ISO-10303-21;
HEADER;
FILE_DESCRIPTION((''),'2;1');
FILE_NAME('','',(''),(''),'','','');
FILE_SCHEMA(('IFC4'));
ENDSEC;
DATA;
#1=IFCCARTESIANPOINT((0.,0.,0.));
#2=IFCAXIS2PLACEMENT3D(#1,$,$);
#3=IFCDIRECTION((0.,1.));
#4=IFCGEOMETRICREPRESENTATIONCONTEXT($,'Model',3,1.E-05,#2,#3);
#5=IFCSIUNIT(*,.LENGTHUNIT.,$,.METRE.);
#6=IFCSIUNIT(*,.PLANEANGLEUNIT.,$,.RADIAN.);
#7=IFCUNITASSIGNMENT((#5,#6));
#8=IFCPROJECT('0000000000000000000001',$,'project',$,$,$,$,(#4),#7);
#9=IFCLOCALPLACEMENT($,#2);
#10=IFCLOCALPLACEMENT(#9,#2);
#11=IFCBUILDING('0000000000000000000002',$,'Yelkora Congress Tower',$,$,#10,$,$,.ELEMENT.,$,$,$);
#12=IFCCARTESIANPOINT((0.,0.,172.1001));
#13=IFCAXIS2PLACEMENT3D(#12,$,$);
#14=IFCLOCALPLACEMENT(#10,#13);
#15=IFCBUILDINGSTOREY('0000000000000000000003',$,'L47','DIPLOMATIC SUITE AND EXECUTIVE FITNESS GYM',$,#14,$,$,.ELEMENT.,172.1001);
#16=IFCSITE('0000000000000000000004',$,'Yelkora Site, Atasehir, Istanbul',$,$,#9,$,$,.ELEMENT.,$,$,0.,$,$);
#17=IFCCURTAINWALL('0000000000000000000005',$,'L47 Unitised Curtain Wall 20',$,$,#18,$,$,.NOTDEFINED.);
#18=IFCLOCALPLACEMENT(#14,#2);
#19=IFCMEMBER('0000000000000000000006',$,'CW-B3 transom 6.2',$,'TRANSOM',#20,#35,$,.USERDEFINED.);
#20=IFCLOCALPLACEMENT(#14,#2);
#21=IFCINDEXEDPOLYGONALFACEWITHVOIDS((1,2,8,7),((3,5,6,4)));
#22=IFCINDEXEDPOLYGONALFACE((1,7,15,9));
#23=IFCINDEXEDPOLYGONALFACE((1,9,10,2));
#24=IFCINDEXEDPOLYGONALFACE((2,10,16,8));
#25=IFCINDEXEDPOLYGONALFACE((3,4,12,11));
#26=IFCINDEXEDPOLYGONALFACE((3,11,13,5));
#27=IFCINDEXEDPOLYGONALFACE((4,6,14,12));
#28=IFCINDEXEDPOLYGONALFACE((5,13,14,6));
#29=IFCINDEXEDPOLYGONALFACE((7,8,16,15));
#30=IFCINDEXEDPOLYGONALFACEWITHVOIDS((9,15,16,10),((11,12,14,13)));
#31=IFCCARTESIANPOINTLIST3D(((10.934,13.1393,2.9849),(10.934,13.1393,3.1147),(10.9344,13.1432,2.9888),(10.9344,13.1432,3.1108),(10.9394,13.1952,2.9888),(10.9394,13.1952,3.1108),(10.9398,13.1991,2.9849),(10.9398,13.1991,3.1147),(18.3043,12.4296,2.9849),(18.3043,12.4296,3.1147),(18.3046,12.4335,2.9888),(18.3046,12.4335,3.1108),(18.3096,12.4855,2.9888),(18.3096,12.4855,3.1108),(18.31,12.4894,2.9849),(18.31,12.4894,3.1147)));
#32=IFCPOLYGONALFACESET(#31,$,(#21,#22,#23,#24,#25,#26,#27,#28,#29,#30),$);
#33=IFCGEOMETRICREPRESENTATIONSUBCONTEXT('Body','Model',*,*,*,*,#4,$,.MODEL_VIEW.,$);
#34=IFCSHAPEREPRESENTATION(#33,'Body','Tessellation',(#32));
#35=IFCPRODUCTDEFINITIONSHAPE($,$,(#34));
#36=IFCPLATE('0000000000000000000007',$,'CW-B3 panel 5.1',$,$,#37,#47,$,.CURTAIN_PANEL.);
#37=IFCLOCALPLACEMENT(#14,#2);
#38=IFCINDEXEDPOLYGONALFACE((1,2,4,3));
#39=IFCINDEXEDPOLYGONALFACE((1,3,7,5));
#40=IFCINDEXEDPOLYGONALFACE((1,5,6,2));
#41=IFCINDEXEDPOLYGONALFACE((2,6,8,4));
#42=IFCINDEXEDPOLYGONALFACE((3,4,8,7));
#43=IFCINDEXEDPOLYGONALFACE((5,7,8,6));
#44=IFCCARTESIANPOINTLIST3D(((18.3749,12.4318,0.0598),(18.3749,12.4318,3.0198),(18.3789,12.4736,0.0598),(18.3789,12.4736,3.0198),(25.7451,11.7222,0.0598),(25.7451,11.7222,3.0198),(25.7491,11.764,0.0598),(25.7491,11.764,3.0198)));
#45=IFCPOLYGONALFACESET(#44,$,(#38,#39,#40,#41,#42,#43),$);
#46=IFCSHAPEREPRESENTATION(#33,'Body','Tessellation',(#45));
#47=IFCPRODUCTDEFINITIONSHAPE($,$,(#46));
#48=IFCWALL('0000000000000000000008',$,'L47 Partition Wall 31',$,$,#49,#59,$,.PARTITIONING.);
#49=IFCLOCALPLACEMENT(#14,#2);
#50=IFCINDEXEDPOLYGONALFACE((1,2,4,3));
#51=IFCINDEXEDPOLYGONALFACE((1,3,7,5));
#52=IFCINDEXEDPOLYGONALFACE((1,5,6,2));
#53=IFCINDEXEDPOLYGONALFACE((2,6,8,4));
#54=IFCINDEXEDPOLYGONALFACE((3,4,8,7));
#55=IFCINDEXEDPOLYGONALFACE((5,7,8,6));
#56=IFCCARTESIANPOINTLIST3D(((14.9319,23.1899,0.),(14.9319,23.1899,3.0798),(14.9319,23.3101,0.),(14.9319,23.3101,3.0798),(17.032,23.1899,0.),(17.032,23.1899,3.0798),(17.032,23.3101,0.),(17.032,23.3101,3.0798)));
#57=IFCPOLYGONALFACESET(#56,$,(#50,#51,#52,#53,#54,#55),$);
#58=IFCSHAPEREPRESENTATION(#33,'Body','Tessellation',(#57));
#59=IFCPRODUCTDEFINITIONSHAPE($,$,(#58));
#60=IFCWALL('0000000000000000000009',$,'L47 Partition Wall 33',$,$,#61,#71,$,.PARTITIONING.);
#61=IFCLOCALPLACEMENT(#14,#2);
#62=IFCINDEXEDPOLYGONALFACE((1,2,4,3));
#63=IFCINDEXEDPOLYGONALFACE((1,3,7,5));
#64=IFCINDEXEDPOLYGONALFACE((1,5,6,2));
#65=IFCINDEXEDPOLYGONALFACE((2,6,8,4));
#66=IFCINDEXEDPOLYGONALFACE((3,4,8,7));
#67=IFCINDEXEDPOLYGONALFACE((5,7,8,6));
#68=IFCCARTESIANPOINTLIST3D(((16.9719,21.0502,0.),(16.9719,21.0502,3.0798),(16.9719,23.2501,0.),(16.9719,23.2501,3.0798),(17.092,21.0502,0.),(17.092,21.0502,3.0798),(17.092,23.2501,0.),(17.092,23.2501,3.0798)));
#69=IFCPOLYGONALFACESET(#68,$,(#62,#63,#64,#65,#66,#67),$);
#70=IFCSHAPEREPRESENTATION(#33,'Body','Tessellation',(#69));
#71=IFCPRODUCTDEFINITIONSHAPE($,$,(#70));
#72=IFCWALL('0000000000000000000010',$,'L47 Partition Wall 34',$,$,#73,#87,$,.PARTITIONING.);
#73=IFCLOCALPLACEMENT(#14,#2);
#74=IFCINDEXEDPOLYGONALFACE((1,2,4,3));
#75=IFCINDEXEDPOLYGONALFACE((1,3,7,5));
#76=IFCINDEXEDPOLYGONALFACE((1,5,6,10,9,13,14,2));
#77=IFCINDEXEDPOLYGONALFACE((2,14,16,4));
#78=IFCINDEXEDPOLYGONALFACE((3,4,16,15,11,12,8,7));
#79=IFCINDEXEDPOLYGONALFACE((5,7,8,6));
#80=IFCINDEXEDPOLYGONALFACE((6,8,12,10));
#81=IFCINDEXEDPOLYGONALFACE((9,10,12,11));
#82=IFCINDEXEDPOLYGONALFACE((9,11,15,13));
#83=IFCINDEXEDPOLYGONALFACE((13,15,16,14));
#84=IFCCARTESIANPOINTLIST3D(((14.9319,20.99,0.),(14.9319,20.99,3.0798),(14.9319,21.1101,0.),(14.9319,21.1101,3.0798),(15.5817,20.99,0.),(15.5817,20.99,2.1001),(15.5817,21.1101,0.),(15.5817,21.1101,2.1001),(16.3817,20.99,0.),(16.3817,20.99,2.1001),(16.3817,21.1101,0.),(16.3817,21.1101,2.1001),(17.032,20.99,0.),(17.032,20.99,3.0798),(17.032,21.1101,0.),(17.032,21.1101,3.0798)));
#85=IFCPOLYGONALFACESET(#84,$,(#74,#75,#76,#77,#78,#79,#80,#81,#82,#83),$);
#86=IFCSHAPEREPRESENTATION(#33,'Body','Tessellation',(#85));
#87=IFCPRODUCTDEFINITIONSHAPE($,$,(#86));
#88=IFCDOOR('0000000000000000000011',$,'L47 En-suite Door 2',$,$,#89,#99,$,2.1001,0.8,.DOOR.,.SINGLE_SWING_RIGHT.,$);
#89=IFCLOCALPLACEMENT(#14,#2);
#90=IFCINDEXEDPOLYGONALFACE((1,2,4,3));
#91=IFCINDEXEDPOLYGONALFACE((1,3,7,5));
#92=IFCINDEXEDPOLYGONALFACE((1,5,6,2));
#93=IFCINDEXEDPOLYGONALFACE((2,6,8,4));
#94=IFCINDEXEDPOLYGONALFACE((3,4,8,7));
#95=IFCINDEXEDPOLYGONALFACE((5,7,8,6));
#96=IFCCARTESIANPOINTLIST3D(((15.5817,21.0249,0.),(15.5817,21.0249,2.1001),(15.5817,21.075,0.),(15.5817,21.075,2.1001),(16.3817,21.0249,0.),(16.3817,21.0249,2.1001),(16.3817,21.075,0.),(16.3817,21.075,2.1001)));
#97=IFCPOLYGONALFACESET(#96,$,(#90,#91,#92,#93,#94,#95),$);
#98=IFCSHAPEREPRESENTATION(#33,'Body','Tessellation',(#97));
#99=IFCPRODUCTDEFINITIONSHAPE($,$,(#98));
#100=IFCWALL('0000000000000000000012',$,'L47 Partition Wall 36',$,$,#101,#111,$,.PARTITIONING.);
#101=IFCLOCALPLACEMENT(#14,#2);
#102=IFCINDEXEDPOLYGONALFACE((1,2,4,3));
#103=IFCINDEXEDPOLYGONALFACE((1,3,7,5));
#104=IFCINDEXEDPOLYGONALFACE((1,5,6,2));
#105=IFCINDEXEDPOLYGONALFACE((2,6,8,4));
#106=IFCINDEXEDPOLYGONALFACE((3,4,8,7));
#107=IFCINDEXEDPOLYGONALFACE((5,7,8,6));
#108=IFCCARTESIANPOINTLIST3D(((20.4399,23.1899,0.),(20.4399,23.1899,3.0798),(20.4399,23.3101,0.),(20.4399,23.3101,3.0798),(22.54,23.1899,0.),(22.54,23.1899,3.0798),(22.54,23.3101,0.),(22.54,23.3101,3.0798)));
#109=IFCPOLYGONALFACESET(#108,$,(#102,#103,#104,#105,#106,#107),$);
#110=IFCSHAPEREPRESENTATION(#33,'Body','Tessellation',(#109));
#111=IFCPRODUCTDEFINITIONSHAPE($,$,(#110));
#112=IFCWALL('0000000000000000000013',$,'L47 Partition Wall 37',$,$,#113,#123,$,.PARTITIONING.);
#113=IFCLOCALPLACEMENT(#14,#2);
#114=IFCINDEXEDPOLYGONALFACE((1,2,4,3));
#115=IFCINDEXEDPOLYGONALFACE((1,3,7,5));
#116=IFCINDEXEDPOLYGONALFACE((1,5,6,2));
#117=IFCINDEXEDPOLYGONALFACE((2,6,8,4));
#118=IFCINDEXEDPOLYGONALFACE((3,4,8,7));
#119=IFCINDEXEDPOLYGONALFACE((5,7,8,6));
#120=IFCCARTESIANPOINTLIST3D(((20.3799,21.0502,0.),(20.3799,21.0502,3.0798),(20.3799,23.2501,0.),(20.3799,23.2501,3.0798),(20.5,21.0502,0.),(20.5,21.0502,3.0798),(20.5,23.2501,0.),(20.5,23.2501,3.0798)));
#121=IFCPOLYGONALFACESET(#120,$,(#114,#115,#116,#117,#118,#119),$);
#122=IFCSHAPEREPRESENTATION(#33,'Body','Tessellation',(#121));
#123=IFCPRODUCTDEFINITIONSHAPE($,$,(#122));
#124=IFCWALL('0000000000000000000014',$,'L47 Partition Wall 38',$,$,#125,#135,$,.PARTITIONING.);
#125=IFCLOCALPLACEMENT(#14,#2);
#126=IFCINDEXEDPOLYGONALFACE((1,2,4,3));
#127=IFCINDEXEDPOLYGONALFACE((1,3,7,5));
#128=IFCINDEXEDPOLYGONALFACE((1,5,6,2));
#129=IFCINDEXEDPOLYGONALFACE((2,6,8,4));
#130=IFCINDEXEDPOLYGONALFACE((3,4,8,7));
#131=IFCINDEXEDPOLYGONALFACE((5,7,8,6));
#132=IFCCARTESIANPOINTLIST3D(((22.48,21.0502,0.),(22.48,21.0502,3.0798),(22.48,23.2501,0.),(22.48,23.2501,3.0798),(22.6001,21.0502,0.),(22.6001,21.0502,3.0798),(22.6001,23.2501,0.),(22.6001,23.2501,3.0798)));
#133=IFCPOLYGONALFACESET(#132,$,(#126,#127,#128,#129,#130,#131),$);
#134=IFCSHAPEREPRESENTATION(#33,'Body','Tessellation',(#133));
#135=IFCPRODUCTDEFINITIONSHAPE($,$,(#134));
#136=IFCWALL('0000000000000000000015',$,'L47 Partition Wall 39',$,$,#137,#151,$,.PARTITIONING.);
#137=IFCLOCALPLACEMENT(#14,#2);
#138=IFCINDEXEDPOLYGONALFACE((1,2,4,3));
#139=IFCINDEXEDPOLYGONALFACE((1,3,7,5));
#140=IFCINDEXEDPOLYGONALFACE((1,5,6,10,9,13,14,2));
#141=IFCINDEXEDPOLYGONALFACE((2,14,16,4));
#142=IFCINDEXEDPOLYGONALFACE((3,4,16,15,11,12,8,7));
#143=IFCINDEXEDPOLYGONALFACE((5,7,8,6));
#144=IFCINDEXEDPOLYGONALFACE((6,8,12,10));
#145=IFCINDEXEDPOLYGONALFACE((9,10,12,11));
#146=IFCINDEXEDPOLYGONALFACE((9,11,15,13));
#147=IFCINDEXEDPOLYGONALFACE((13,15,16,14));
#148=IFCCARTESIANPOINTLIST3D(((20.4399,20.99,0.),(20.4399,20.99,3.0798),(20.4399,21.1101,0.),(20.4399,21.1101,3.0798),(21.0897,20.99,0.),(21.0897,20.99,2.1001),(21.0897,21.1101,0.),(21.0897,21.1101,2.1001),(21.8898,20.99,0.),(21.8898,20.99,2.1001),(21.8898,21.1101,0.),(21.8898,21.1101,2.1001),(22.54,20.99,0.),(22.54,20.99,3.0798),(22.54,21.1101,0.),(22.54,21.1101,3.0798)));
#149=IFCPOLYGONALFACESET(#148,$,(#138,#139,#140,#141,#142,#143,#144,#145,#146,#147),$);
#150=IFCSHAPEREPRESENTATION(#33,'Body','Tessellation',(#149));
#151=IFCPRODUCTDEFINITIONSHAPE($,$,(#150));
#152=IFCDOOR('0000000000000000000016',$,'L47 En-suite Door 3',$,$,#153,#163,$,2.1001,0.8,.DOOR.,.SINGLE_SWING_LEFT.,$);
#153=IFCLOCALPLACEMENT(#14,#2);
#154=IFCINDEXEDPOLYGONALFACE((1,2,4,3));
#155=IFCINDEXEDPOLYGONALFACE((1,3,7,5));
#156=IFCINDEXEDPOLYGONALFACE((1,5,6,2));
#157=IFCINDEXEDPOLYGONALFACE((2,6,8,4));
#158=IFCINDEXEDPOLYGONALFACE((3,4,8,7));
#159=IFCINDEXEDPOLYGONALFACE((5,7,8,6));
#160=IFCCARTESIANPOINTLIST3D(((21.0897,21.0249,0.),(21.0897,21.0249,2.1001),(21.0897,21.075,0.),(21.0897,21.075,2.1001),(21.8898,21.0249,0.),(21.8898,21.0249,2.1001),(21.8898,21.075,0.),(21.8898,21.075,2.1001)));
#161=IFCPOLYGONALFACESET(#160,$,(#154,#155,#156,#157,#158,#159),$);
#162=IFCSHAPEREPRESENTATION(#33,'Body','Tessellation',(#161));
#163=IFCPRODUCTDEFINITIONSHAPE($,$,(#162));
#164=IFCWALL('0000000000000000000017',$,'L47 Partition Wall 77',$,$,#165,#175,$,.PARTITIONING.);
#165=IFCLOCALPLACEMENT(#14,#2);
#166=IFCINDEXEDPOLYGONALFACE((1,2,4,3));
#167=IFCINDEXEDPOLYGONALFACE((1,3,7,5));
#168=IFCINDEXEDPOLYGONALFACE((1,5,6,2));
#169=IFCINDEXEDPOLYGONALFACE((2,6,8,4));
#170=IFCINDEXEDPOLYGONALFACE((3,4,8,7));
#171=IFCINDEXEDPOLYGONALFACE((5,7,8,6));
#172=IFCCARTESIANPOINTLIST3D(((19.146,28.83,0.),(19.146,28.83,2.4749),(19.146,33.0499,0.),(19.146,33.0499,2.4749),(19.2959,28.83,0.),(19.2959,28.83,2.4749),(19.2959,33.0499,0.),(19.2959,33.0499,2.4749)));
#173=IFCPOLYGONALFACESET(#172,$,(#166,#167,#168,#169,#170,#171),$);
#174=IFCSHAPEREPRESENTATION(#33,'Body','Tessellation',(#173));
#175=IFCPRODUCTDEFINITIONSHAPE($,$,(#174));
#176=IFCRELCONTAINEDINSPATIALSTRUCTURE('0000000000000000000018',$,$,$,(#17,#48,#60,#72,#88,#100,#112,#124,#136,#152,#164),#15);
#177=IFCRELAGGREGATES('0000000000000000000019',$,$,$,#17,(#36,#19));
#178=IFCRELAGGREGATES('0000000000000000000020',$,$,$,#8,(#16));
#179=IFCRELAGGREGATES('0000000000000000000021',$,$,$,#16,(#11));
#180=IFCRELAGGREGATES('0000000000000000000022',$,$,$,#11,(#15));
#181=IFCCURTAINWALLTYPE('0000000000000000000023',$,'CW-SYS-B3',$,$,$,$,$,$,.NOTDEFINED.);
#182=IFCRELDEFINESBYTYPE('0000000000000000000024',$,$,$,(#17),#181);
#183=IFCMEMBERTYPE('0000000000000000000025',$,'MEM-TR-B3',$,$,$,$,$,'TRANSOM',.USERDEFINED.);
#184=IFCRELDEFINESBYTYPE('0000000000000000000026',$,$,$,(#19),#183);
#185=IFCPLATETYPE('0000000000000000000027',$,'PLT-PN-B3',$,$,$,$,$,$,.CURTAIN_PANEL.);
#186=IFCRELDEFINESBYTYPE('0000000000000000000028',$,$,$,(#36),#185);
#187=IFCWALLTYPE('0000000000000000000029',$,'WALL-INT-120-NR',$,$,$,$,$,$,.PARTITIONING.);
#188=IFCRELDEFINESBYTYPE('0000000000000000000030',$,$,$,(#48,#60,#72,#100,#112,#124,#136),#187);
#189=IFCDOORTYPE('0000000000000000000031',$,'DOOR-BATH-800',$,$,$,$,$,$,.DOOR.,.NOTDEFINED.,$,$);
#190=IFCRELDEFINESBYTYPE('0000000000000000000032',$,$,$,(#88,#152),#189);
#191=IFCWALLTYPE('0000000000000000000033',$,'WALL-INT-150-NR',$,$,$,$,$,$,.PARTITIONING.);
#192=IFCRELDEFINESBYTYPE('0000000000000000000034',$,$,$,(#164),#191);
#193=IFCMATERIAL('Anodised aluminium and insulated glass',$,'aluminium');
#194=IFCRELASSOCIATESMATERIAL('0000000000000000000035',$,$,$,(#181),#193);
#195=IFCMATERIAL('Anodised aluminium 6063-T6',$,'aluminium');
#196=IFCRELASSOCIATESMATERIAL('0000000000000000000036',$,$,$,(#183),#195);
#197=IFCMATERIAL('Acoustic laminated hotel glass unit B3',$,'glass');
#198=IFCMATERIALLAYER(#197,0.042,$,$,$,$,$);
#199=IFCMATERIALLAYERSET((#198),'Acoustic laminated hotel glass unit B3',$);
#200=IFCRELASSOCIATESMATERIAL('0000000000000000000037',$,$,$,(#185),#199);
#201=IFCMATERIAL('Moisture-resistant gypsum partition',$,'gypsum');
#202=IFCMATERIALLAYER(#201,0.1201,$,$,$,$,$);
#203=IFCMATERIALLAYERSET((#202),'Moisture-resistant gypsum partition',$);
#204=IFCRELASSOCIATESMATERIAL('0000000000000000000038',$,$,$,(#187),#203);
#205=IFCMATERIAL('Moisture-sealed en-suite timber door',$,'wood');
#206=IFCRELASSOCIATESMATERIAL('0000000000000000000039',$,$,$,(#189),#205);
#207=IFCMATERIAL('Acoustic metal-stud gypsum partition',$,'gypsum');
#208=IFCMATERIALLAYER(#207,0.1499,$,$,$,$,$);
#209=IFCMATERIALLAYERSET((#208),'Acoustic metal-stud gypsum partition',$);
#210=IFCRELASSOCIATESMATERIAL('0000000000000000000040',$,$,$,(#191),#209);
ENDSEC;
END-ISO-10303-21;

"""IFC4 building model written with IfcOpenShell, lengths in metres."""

from ifc_helpers import new_model, si_unit, direction, frame, frame_2d, origin, origin_2d, place, context, subcontext, project, spatial, rectangle, hollow_rectangle, extrude, material, layer, layer_set, material_profile, profile_set, type_object, element, fill, aggregate, save


model = new_model("IFC4")

# Units and contexts
model_context = context("Model", 3, precision=1e-05, world=origin(), true_north=direction((0.0, 1.0)))
body_context = subcontext(model_context, "Body", "Model", "MODEL_VIEW")
ifc_project = project(units=[si_unit("LENGTHUNIT", "METRE"), si_unit("PLANEANGLEUNIT", "RADIAN")], contexts=[model_context])

# Site, building, storey
site_placement = place(None, origin())
site = spatial("IfcSite", under=ifc_project, at=site_placement, Name="Yelkora Site, Atasehir, Istanbul", CompositionType="ELEMENT", RefElevation=0.0)
building_placement = place(site_placement, origin())
building = spatial("IfcBuilding", under=site, at=building_placement, Name="Yelkora Congress Tower", CompositionType="ELEMENT")
storey_placement = place(building_placement, frame((0.0, 0.0, 172.1001)))
storey = spatial("IfcBuildingStorey", under=building, at=storey_placement, Name="L47", Description="DIPLOMATIC SUITE AND EXECUTIVE FITNESS GYM", CompositionType="ELEMENT", Elevation=172.1001)

# Curtain wall, member, plate
ifc_material_1 = material(Name="Anodised aluminium and insulated glass", Category="aluminium")
curtain_wall_type = type_object("IfcCurtainWallType", Name="CW-SYS-B3", PredefinedType="NOTDEFINED", material=ifc_material_1)
curtain_wall_placement = place(storey_placement, origin())
curtain_wall = element("IfcCurtainWall", 1, at=curtain_wall_placement, inside=storey, type_object=curtain_wall_type, Name="L47 Unitised Curtain Wall 20", PredefinedType="NOTDEFINED")
ifc_material_2 = material(Name="Anodised aluminium 6063-T6", Category="aluminium")
ifc_material_profile_1 = material_profile(ifc_material_2, hollow_rectangle(XDim=0.0601, YDim=0.1299, WallThickness=0.0039, at=origin_2d()), Name="ALU 60x130x4")
ifc_profile_set_1 = profile_set([ifc_material_profile_1], Name="Anodised aluminium 6063-T6")
member_type_1 = type_object("IfcMemberType", Name="MEM-TR-B3", ElementType="TRANSOM", PredefinedType="USERDEFINED", material=ifc_profile_set_1)
member_1_placement = place(storey_placement, frame((18.3071, 12.4595, 3.0498), z_axis=(-0.995395, 0.095853, 0.0), x_axis=(-0.095853, -0.995395, 0.0)))
member_1 = element("IfcMember", 2, at=member_1_placement, type_object=member_type_1, Name="CW-B3 transom 6.2", ObjectType="TRANSOM", PredefinedType="USERDEFINED", context=body_context, shape_type="SweptSolid", body=[
    extrude(hollow_rectangle(XDim=0.0601, YDim=0.1299, WallThickness=0.0039, at=origin_2d()), origin(), (0.0, 0.0, 1.0), 7.4043),
])
ifc_material_3 = material(Name="Acoustic laminated hotel glass unit B3", Category="glass")
ifc_layer_1 = layer(ifc_material_3, 0.042)
ifc_layer_set_1 = layer_set([ifc_layer_1], Name="Acoustic laminated hotel glass unit B3")
plate_type = type_object("IfcPlateType", Name="PLT-PN-B3", PredefinedType="CURTAIN_PANEL", material=ifc_layer_set_1)
plate_placement = place(storey_placement, frame((22.062, 12.0979, 0.0598), z_axis=(0.0, 0.0, 1.0), x_axis=(-0.995396, 0.095845, 0.0)))
plate = element("IfcPlate", 3, at=plate_placement, type_object=plate_type, Name="CW-B3 panel 5.1", PredefinedType="CURTAIN_PANEL", context=body_context, shape_type="SweptSolid", body=[
    extrude(rectangle(XDim=7.4043, YDim=0.042, at=origin_2d()), origin(), (0.0, 0.0, 1.0), 2.96),
])
aggregate(curtain_wall, [plate, member_1])

# Walls
ifc_material_4 = material(Name="Moisture-resistant gypsum partition", Category="gypsum")
ifc_layer_2 = layer(ifc_material_4, 0.1201)
ifc_layer_set_2 = layer_set([ifc_layer_2], Name="Moisture-resistant gypsum partition")
wall_type_1 = type_object("IfcWallType", Name="WALL-INT-120-NR", PredefinedType="PARTITIONING", material=ifc_layer_set_2)
wall_1_placement = place(storey_placement, frame((14.9319, 23.25, 0.0), z_axis=(0.0, 0.0, 1.0), x_axis=(1.0, 0.0, 0.0)))
element("IfcWall", 4, at=wall_1_placement, inside=storey, type_object=wall_type_1, Name="L47 Partition Wall 31", PredefinedType="PARTITIONING", context=body_context, shape_type="SweptSolid", body=[
    extrude(rectangle(XDim=2.1001, YDim=0.1201, at=frame_2d((1.05, 0.0))), origin(), (0.0, 0.0, 1.0), 3.0798),
])
wall_2_placement = place(storey_placement, frame((17.032, 21.05, 0.0), z_axis=(0.0, 0.0, 1.0), x_axis=(0.0, 1.0, 0.0)))
element("IfcWall", 5, at=wall_2_placement, inside=storey, type_object=wall_type_1, Name="L47 Partition Wall 33", PredefinedType="PARTITIONING", context=body_context, shape_type="SweptSolid", body=[
    extrude(rectangle(XDim=2.2, YDim=0.1201, at=frame_2d((1.1001, 0.0))), origin(), (0.0, 0.0, 1.0), 3.0798),
])

# Wall, opening, door
wall_3_placement = place(storey_placement, frame((14.9319, 21.05, 0.0), z_axis=(0.0, 0.0, 1.0), x_axis=(1.0, 0.0, 0.0)))
wall_3 = element("IfcWall", 6, at=wall_3_placement, inside=storey, type_object=wall_type_1, Name="L47 Partition Wall 34", PredefinedType="PARTITIONING", context=body_context, shape_type="SweptSolid", body=[
    extrude(rectangle(XDim=2.1001, YDim=0.1201, at=frame_2d((1.05, 0.0))), origin(), (0.0, 0.0, 1.0), 3.0798),
])
opening_1_placement = place(wall_3_placement, frame((0.6499, 0.0, 0.0)))
opening_1 = element("IfcOpeningElement", 7, at=opening_1_placement, cuts=wall_3, PredefinedType="OPENING", context=body_context, shape_type="SweptSolid", body=[
    extrude(rectangle(XDim=0.8, YDim=2.1001, at=frame_2d((0.3999, 1.05))), frame((0.0, 0.0701, 0.0), z_axis=(0.0, -1.0, 0.0), x_axis=(1.0, 0.0, 0.0)), (0.0, 0.0, 1.0), 0.1401),
])
ifc_material_5 = material(Name="Moisture-sealed en-suite timber door", Category="wood")
door_type = type_object("IfcDoorType", Name="DOOR-BATH-800", OperationType="NOTDEFINED", PredefinedType="DOOR", material=ifc_material_5)
door_1_placement = place(opening_1_placement, origin())
door_1 = element("IfcDoor", 8, at=door_1_placement, inside=storey, type_object=door_type, Name="L47 En-suite Door 2", OperationType="SINGLE_SWING_RIGHT", OverallHeight=2.1001, OverallWidth=0.8, PredefinedType="DOOR", context=body_context, shape_type="SweptSolid", body=[
    extrude(rectangle(XDim=0.8, YDim=2.1001, at=frame_2d((0.3999, 1.05))), frame((0.0, 0.0249, 0.0), z_axis=(0.0, -1.0, 0.0), x_axis=(1.0, 0.0, 0.0)), (0.0, 0.0, 1.0), 0.05),
])
fill(opening_1, door_1)

# Walls
wall_4_placement = place(storey_placement, frame((20.4399, 23.25, 0.0), z_axis=(0.0, 0.0, 1.0), x_axis=(1.0, 0.0, 0.0)))
element("IfcWall", 9, at=wall_4_placement, inside=storey, type_object=wall_type_1, Name="L47 Partition Wall 36", PredefinedType="PARTITIONING", context=body_context, shape_type="SweptSolid", body=[
    extrude(rectangle(XDim=2.1001, YDim=0.1201, at=frame_2d((1.05, 0.0))), origin(), (0.0, 0.0, 1.0), 3.0798),
])
for number, where, z_axis, x_axis, name in (
    (10, (20.4399, 21.05, 0.0), (0.0, 0.0, 1.0), (0.0, 1.0, 0.0), "L47 Partition Wall 37"),
    (11, (22.54, 21.05, 0.0), (0.0, 0.0, 1.0), (0.0, 1.0, 0.0), "L47 Partition Wall 38"),
):
    element("IfcWall", number, at=place(storey_placement, frame(where, z_axis=z_axis, x_axis=x_axis)), inside=storey, type_object=wall_type_1, Name=name, PredefinedType="PARTITIONING", context=body_context, shape_type="SweptSolid", body=[
        extrude(rectangle(XDim=2.2, YDim=0.1201, at=frame_2d((1.1001, 0.0))), origin(), (0.0, 0.0, 1.0), 3.0798),
    ])

# Wall, opening, door
wall_5_placement = place(storey_placement, frame((20.4399, 21.05, 0.0), z_axis=(0.0, 0.0, 1.0), x_axis=(1.0, 0.0, 0.0)))
wall_5 = element("IfcWall", 12, at=wall_5_placement, inside=storey, type_object=wall_type_1, Name="L47 Partition Wall 39", PredefinedType="PARTITIONING", context=body_context, shape_type="SweptSolid", body=[
    extrude(rectangle(XDim=2.1001, YDim=0.1201, at=frame_2d((1.05, 0.0))), origin(), (0.0, 0.0, 1.0), 3.0798),
])
opening_2_placement = place(wall_5_placement, frame((0.6499, 0.0, 0.0)))
opening_2 = element("IfcOpeningElement", 13, at=opening_2_placement, cuts=wall_5, PredefinedType="OPENING", context=body_context, shape_type="SweptSolid", body=[
    extrude(rectangle(XDim=0.8, YDim=2.1001, at=frame_2d((0.3999, 1.05))), frame((0.0, 0.0701, 0.0), z_axis=(0.0, -1.0, 0.0), x_axis=(1.0, 0.0, 0.0)), (0.0, 0.0, 1.0), 0.1401),
])
door_2_placement = place(opening_2_placement, origin())
door_2 = element("IfcDoor", 14, at=door_2_placement, inside=storey, type_object=door_type, Name="L47 En-suite Door 3", OperationType="SINGLE_SWING_LEFT", OverallHeight=2.1001, OverallWidth=0.8, PredefinedType="DOOR", context=body_context, shape_type="SweptSolid", body=[
    extrude(rectangle(XDim=0.8, YDim=2.1001, at=frame_2d((0.3999, 1.05))), frame((0.0, 0.0249, 0.0), z_axis=(0.0, -1.0, 0.0), x_axis=(1.0, 0.0, 0.0)), (0.0, 0.0, 1.0), 0.05),
])
fill(opening_2, door_2)

# Wall
ifc_material_6 = material(Name="Acoustic metal-stud gypsum partition", Category="gypsum")
ifc_layer_3 = layer(ifc_material_6, 0.1499)
ifc_layer_set_3 = layer_set([ifc_layer_3], Name="Acoustic metal-stud gypsum partition")
wall_type_2 = type_object("IfcWallType", Name="WALL-INT-150-NR", PredefinedType="PARTITIONING", material=ifc_layer_set_3)
wall_6_placement = place(storey_placement, frame((19.2209, 28.8301, 0.0), z_axis=(0.0, 0.0, 1.0), x_axis=(0.0, 1.0, 0.0)))
element("IfcWall", 15, at=wall_6_placement, inside=storey, type_object=wall_type_2, Name="L47 Partition Wall 77", PredefinedType="PARTITIONING", context=body_context, shape_type="SweptSolid", body=[
    extrude(rectangle(XDim=4.22, YDim=0.1499, at=frame_2d((2.1099, 0.0))), origin(), (0.0, 0.0, 1.0), 2.4749),
])

save(model, "model.ifc")
